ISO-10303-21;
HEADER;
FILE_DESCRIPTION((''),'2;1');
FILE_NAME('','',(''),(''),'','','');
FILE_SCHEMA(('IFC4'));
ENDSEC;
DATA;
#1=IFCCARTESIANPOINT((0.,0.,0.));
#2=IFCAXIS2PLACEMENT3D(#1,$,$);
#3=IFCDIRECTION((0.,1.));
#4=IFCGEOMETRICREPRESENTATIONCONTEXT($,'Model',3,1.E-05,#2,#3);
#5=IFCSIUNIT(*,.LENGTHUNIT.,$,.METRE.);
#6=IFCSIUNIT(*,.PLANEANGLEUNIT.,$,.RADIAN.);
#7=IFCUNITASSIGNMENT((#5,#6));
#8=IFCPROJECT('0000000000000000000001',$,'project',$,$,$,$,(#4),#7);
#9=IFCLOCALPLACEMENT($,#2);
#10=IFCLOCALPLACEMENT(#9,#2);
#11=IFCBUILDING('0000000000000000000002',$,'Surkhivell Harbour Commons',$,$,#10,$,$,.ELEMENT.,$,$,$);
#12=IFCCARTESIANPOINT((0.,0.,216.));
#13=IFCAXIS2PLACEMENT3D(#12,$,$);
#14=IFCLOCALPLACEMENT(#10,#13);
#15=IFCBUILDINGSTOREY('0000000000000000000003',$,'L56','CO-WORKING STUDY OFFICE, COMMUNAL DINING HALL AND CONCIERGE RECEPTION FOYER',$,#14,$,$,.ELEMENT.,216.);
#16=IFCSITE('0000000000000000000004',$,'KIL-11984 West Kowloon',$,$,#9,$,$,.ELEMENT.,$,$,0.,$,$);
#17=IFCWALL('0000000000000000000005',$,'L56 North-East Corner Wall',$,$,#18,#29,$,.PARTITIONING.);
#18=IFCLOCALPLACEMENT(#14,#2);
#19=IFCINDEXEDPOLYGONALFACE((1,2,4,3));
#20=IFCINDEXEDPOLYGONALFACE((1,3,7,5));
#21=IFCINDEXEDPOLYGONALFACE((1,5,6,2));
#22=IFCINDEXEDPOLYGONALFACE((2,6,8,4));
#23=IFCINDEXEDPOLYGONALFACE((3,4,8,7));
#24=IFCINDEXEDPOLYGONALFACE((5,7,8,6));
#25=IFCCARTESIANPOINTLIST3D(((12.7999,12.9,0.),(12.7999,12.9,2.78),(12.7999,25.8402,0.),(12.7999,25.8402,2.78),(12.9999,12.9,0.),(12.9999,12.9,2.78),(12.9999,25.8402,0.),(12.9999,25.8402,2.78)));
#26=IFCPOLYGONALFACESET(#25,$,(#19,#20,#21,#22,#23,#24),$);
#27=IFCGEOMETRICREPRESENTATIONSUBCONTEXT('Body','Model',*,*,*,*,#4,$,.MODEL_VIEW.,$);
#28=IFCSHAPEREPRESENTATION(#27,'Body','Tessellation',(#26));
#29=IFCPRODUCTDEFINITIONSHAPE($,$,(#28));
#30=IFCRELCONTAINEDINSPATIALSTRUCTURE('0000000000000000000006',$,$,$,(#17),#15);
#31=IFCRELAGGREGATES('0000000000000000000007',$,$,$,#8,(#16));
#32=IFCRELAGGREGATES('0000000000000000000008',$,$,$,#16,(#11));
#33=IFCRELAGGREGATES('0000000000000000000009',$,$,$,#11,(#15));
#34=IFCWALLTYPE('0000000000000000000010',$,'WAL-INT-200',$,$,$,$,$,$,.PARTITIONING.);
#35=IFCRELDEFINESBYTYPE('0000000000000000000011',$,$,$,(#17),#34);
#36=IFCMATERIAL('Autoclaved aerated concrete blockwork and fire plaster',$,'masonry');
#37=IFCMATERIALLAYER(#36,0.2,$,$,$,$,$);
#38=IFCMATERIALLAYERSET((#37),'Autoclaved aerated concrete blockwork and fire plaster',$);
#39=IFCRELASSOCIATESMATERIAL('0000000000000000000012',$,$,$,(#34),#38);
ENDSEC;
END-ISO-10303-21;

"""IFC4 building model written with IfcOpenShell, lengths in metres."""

from ifc_helpers import new_model, si_unit, direction, frame, frame_2d, origin, place, context, subcontext, project, spatial, rectangle, extrude, material, layer, layer_set, type_object, element, save


model = new_model("IFC4")

# Units and contexts
model_context = context("Model", 3, precision=1e-05, world=origin(), true_north=direction((0.0, 1.0)))
body_context = subcontext(model_context, "Body", "Model", "MODEL_VIEW")
ifc_project = project(units=[si_unit("LENGTHUNIT", "METRE"), si_unit("PLANEANGLEUNIT", "RADIAN")], contexts=[model_context])

# Site, building, storey
site_placement = place(None, origin())
site = spatial("IfcSite", under=ifc_project, at=site_placement, Name="KIL-11984 West Kowloon", CompositionType="ELEMENT", RefElevation=0.0)
building_placement = place(site_placement, origin())
building = spatial("IfcBuilding", under=site, at=building_placement, Name="Surkhivell Harbour Commons", CompositionType="ELEMENT")
storey_placement = place(building_placement, frame((0.0, 0.0, 216.0)))
storey = spatial("IfcBuildingStorey", under=building, at=storey_placement, Name="L56", Description="CO-WORKING STUDY OFFICE, COMMUNAL DINING HALL AND CONCIERGE RECEPTION FOYER", CompositionType="ELEMENT", Elevation=216.0)

# Wall
ifc_material_1 = material(Name="Autoclaved aerated concrete blockwork and fire plaster", Category="masonry")
ifc_layer_1 = layer(ifc_material_1, 0.2)
ifc_layer_set_1 = layer_set([ifc_layer_1], Name="Autoclaved aerated concrete blockwork and fire plaster")
wall_type_1 = type_object("IfcWallType", Name="WAL-INT-200", PredefinedType="PARTITIONING", material=ifc_layer_set_1)
wall_1_placement = place(storey_placement, frame((12.8999, 12.8999, 0.0), z_axis=(0.0, 0.0, 1.0), x_axis=(0.0, 1.0, 0.0)))
element("IfcWall", 1, at=wall_1_placement, inside=storey, type_object=wall_type_1, Name="L56 North-East Corner Wall", PredefinedType="PARTITIONING", context=body_context, shape_type="SweptSolid", body=[
    extrude(rectangle(XDim=12.9402, YDim=0.2, at=frame_2d((6.4702, 0.0))), origin(), (0.0, 0.0, 1.0), 2.78),
])

save(model, "model.ifc")
